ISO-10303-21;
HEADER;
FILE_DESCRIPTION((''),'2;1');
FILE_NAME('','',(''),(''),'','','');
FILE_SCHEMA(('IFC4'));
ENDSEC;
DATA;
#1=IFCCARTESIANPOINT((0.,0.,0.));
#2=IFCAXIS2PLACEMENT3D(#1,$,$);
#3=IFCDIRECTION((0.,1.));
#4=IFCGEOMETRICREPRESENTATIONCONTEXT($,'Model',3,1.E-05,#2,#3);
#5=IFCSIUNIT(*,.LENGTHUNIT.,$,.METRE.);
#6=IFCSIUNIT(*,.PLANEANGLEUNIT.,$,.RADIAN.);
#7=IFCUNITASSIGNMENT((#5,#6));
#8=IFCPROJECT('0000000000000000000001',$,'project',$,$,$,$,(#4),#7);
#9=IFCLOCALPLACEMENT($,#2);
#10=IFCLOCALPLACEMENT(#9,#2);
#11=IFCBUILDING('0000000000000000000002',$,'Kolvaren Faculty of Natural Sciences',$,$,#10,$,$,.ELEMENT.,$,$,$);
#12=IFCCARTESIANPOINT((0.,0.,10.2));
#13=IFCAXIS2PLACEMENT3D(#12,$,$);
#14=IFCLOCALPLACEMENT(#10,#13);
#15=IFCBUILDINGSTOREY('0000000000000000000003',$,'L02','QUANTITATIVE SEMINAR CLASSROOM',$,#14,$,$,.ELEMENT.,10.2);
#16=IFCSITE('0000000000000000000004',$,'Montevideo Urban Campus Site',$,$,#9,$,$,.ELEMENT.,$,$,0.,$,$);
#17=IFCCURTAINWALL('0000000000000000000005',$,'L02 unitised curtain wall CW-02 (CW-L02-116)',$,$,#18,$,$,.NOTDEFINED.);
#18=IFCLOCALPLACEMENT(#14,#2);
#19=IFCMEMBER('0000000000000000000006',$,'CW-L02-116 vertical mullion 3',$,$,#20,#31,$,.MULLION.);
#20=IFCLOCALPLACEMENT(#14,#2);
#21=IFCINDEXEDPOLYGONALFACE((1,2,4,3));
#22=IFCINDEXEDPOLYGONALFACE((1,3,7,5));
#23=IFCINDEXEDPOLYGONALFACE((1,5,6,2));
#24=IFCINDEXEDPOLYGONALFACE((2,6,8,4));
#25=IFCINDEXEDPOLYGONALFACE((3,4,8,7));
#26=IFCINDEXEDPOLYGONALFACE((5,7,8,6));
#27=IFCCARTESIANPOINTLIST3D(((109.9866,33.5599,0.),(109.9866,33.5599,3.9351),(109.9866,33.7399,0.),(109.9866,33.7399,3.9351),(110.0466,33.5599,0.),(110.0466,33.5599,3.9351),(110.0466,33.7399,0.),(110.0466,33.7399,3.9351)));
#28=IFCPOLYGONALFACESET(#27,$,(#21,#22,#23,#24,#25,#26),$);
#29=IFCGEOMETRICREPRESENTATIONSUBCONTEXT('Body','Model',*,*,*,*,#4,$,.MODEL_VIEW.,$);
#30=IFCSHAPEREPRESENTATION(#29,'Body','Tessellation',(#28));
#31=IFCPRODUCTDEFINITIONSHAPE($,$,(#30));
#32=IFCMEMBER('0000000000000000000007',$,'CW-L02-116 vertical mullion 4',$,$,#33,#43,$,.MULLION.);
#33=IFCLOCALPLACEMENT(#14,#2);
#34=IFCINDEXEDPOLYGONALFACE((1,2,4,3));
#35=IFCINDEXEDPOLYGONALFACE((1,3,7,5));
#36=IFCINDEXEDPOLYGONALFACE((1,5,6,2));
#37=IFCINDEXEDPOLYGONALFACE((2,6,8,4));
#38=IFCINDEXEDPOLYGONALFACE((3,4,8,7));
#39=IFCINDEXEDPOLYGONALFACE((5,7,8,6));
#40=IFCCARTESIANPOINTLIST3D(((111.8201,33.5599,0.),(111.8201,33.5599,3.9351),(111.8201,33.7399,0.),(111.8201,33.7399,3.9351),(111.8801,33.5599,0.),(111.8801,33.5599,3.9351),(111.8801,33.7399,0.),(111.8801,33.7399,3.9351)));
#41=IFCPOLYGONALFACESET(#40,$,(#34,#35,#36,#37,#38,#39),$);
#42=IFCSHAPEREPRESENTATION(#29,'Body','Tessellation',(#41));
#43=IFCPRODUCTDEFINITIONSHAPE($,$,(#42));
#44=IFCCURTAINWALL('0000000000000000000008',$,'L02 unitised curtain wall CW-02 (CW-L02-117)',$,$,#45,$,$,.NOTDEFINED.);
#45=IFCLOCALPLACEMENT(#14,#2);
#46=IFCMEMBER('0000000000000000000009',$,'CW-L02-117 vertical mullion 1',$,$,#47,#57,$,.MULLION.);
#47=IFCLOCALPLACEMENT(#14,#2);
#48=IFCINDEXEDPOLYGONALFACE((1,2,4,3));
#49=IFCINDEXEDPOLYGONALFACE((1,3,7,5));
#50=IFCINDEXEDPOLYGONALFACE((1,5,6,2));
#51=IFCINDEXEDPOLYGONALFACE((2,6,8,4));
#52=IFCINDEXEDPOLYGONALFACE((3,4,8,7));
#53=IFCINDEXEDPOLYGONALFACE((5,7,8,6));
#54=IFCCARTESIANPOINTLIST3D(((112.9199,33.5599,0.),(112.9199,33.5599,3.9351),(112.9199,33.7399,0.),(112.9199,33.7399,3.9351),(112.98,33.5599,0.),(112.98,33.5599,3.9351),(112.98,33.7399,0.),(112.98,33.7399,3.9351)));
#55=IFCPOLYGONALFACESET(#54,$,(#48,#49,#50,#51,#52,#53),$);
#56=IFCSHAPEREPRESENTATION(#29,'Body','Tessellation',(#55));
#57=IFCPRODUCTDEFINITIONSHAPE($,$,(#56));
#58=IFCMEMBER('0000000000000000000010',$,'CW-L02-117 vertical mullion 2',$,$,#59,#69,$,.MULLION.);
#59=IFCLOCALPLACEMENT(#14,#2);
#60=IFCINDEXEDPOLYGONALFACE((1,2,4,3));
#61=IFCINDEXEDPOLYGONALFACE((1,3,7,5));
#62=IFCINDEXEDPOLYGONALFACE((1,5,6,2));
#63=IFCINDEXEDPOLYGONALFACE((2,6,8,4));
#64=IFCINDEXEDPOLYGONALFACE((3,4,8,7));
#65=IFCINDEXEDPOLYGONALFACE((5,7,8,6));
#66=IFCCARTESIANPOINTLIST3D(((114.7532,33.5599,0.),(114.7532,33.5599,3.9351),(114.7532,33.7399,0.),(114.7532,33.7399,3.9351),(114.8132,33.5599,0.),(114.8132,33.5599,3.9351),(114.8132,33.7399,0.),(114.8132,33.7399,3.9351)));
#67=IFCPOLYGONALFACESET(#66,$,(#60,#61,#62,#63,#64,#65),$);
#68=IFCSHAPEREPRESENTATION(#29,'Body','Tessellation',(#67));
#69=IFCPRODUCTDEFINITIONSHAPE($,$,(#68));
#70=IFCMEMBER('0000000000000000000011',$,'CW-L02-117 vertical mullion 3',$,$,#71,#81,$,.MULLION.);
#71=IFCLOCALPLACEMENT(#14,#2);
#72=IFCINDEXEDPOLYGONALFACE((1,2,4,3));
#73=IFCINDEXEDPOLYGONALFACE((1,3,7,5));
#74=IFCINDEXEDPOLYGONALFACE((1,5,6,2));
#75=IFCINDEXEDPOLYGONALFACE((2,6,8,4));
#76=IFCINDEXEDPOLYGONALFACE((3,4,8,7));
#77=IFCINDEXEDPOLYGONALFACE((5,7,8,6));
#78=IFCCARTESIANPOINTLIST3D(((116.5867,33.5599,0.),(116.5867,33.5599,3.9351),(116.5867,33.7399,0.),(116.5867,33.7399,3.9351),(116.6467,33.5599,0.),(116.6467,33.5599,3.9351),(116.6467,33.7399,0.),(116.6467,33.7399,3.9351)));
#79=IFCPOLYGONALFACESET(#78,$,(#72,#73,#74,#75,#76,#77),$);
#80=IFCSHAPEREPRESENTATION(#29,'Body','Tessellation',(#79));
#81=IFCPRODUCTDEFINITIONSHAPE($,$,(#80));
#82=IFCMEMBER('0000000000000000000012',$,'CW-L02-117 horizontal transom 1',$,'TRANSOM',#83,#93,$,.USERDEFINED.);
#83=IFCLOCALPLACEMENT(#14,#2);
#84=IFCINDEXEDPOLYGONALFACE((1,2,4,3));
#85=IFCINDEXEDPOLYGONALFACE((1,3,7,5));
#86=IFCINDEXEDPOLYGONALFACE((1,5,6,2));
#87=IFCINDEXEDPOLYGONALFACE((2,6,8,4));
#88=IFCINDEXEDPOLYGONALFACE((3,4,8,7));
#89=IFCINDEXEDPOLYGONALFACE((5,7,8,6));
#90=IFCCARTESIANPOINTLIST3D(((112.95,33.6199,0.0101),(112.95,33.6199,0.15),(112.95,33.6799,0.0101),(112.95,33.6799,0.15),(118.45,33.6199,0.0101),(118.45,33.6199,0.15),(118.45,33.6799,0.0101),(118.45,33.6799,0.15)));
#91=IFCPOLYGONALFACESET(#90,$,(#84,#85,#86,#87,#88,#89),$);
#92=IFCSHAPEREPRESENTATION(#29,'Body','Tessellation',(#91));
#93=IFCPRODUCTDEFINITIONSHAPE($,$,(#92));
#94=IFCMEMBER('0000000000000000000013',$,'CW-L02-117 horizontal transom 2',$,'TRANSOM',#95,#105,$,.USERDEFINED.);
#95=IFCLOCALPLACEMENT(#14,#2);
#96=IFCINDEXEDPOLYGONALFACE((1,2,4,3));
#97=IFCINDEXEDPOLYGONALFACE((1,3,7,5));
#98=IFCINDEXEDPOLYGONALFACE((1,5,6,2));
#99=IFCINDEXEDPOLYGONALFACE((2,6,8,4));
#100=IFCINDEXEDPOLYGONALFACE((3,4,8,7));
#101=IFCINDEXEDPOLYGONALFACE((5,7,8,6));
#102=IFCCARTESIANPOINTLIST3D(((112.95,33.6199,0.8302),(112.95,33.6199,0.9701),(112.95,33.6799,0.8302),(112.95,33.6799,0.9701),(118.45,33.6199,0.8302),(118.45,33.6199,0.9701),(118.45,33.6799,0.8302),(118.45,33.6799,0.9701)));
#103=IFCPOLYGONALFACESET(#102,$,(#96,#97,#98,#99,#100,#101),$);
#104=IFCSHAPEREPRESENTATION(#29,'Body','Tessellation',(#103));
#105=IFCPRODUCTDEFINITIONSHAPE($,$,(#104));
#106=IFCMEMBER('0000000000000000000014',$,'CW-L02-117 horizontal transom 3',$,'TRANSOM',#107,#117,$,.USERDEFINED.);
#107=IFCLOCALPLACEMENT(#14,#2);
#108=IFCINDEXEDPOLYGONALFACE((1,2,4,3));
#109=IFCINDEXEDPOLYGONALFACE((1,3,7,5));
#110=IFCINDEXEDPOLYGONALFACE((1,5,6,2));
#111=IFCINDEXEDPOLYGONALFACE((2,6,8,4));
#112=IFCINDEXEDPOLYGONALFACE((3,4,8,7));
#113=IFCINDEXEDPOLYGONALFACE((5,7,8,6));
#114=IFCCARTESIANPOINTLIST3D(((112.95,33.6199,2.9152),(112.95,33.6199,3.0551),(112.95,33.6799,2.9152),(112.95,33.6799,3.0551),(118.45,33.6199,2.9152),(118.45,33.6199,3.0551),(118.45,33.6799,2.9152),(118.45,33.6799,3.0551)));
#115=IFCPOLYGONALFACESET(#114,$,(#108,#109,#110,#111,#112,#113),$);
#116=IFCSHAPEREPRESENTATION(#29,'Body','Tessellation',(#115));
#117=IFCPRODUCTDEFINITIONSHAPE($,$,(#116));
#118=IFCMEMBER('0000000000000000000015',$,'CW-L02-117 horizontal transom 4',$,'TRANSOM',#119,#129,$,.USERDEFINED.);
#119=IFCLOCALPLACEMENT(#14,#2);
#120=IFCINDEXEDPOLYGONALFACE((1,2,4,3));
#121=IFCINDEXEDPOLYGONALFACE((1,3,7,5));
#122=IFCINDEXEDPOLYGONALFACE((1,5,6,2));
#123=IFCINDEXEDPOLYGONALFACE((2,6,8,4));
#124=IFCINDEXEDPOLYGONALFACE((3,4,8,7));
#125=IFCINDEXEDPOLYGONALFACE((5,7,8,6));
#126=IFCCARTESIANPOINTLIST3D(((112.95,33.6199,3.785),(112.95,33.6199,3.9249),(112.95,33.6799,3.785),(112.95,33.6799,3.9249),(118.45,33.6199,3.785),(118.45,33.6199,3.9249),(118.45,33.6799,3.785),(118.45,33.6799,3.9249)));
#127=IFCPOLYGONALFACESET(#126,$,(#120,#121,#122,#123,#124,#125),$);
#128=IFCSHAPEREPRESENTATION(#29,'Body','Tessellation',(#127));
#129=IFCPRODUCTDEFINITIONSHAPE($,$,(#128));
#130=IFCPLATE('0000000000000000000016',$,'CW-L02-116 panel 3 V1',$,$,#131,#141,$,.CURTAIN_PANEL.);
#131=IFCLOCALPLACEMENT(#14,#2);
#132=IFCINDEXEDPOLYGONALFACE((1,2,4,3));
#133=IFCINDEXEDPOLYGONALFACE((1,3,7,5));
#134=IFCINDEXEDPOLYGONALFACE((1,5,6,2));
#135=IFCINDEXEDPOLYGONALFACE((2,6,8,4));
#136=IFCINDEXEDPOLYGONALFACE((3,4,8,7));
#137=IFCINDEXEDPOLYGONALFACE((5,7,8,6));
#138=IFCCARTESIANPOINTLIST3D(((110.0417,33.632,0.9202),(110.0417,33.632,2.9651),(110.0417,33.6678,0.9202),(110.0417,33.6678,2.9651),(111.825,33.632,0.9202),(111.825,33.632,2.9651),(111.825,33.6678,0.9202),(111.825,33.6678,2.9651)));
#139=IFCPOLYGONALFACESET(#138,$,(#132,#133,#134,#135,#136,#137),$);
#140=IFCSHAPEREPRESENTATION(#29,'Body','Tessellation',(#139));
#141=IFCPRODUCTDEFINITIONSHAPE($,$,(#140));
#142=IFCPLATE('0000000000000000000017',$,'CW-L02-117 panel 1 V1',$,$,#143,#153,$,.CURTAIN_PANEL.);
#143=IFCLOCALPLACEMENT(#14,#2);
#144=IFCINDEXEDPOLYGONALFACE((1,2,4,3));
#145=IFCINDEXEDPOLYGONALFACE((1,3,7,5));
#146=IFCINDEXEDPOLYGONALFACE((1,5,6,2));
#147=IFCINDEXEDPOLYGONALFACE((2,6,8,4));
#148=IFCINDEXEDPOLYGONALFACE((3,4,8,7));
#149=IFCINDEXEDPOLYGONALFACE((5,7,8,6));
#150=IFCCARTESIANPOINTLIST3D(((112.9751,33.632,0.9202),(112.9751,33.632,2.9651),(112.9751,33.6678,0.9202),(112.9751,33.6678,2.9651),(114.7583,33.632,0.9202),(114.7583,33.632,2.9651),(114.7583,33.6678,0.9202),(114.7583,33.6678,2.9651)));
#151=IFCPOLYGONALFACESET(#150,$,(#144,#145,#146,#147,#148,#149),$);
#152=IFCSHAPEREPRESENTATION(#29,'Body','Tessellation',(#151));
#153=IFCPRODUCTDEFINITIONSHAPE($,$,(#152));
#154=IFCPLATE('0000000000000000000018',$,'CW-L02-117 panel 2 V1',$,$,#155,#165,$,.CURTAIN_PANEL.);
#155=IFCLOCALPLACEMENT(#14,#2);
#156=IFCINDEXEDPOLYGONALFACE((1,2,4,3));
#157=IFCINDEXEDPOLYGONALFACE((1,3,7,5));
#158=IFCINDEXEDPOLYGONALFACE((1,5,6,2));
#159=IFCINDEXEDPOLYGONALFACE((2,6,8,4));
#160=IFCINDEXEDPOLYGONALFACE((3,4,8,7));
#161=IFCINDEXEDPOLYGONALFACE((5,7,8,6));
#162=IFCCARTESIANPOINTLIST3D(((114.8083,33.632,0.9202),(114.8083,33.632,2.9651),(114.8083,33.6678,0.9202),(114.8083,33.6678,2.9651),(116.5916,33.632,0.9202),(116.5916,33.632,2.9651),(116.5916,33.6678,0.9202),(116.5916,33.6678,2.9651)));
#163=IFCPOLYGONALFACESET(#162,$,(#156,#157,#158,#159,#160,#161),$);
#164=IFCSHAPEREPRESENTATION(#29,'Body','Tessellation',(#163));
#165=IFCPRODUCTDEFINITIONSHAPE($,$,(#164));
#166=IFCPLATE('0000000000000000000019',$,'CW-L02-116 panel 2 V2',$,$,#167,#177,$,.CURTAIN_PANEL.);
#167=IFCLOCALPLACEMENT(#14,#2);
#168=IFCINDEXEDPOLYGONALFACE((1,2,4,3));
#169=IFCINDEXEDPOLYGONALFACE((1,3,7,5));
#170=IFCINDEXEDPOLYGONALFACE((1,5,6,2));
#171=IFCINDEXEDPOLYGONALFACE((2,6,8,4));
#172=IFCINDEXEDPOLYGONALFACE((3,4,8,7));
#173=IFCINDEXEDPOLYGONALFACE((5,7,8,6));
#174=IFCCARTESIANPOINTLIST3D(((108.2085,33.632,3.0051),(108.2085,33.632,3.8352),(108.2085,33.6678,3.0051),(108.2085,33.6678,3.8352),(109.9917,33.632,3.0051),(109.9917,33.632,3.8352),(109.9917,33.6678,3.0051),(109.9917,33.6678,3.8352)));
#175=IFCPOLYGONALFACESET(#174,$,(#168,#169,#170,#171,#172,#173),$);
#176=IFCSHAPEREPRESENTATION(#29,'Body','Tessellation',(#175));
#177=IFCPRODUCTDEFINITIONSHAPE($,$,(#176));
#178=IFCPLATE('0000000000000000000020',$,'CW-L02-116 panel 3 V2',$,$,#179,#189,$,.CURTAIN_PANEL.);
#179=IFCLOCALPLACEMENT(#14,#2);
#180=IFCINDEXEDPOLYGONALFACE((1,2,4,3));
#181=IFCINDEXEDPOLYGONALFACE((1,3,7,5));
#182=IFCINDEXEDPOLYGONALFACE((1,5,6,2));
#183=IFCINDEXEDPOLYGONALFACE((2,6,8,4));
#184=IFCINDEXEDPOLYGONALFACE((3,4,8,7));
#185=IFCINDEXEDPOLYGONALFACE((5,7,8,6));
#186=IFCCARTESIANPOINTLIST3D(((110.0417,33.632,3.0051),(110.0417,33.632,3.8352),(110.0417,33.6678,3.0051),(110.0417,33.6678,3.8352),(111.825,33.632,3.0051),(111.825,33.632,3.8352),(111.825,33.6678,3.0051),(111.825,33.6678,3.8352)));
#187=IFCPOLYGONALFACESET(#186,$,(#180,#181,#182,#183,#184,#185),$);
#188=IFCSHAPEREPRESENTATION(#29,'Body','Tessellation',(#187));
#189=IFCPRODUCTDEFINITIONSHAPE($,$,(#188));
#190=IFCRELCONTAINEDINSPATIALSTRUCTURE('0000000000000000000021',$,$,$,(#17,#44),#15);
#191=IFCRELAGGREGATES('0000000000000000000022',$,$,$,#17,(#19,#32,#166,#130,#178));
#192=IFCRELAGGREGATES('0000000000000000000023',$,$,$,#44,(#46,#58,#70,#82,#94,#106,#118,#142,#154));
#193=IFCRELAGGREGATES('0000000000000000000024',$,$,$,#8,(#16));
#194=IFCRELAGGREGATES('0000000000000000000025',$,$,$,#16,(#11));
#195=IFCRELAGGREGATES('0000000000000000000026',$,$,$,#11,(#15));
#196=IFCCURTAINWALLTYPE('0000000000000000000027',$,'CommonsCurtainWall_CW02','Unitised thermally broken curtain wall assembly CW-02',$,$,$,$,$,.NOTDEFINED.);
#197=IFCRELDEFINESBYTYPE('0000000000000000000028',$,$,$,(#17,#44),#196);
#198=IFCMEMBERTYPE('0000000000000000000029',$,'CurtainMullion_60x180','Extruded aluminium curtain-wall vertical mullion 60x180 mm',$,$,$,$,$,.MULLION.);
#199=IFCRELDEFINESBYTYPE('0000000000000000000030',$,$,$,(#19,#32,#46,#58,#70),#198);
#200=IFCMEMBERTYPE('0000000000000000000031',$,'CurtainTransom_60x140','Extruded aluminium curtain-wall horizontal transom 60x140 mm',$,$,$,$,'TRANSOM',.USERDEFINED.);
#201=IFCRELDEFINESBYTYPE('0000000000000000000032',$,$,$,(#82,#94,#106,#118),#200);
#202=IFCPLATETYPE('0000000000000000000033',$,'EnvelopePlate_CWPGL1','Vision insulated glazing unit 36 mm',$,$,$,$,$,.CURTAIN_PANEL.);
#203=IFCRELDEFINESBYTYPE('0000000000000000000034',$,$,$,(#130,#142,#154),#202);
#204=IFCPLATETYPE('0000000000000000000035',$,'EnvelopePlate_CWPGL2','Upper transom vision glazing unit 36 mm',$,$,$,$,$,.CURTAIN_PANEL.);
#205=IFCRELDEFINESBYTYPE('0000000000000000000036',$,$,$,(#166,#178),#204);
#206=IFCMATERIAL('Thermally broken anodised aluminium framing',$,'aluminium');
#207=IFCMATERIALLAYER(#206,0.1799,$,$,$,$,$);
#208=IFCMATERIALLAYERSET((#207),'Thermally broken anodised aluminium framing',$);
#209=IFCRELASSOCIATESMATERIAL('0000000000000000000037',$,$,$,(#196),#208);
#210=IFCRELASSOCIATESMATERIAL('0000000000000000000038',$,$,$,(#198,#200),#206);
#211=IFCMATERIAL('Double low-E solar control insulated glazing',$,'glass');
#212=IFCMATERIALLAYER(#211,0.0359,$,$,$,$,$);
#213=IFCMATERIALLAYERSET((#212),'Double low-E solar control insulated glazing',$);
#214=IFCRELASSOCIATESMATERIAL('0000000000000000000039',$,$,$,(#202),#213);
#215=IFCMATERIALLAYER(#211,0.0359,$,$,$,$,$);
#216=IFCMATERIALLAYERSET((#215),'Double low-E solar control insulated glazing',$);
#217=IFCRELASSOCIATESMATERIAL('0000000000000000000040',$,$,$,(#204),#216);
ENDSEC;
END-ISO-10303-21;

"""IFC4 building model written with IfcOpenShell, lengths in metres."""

from ifc_helpers import new_model, si_unit, direction, frame, origin, origin_2d, place, context, subcontext, project, spatial, rectangle, extrude, material, layer, layer_set, material_profile, profile_set, type_object, element, aggregate, save


model = new_model("IFC4")

# Units and contexts
model_context = context("Model", 3, precision=1e-05, world=origin(), true_north=direction((0.0, 1.0)))
body_context = subcontext(model_context, "Body", "Model", "MODEL_VIEW")
ifc_project = project(units=[si_unit("LENGTHUNIT", "METRE"), si_unit("PLANEANGLEUNIT", "RADIAN")], contexts=[model_context])

# Site, building, storey
site_placement = place(None, origin())
site = spatial("IfcSite", under=ifc_project, at=site_placement, Name="Montevideo Urban Campus Site", CompositionType="ELEMENT", RefElevation=0.0)
building_placement = place(site_placement, origin())
building = spatial("IfcBuilding", under=site, at=building_placement, Name="Kolvaren Faculty of Natural Sciences", CompositionType="ELEMENT")
storey_placement = place(building_placement, frame((0.0, 0.0, 10.2)))
storey = spatial("IfcBuildingStorey", under=building, at=storey_placement, Name="L02", Description="QUANTITATIVE SEMINAR CLASSROOM", CompositionType="ELEMENT", Elevation=10.2)

# Curtain walls, members
ifc_material_1 = material(Name="Thermally broken anodised aluminium framing", Category="aluminium")
ifc_layer_1 = layer(ifc_material_1, 0.1799)
ifc_layer_set_1 = layer_set([ifc_layer_1], Name="Thermally broken anodised aluminium framing")
curtain_wall_type = type_object("IfcCurtainWallType", Name="CommonsCurtainWall_CW02", Description="Unitised thermally broken curtain wall assembly CW-02", PredefinedType="NOTDEFINED", material=ifc_layer_set_1)
curtain_wall_1_placement = place(storey_placement, origin())
curtain_wall_1 = element("IfcCurtainWall", 1, at=curtain_wall_1_placement, inside=storey, type_object=curtain_wall_type, Name="L02 unitised curtain wall CW-02 (CW-L02-116)", PredefinedType="NOTDEFINED")
ifc_material_profile_1 = material_profile(ifc_material_1, rectangle(XDim=0.0601, YDim=0.1799, at=origin_2d()), Name="ALU MUL 60x180")
ifc_profile_set_1 = profile_set([ifc_material_profile_1], Name="Thermally broken anodised aluminium framing")
member_type_1 = type_object("IfcMemberType", Name="CurtainMullion_60x180", Description="Extruded aluminium curtain-wall vertical mullion 60x180 mm", PredefinedType="MULLION", material=ifc_profile_set_1)
member_1_placement = place(storey_placement, frame((110.0166, 33.6499, 0.0), z_axis=(0.0, 0.0, 1.0), x_axis=(1.0, 0.0, 0.0)))
member_1 = element("IfcMember", 2, at=member_1_placement, type_object=member_type_1, Name="CW-L02-116 vertical mullion 3", PredefinedType="MULLION", context=body_context, shape_type="SweptSolid", body=[
    extrude(rectangle(XDim=0.0601, YDim=0.1799, at=origin_2d()), origin(), (0.0, 0.0, 1.0), 3.9351),
])
member_2_placement = place(storey_placement, frame((111.8501, 33.6499, 0.0), z_axis=(0.0, 0.0, 1.0), x_axis=(1.0, 0.0, 0.0)))
member_2 = element("IfcMember", 3, at=member_2_placement, type_object=member_type_1, Name="CW-L02-116 vertical mullion 4", PredefinedType="MULLION", context=body_context, shape_type="SweptSolid", body=[
    extrude(rectangle(XDim=0.0601, YDim=0.1799, at=origin_2d()), origin(), (0.0, 0.0, 1.0), 3.9351),
])
curtain_wall_2_placement = place(storey_placement, origin())
curtain_wall_2 = element("IfcCurtainWall", 4, at=curtain_wall_2_placement, inside=storey, type_object=curtain_wall_type, Name="L02 unitised curtain wall CW-02 (CW-L02-117)", PredefinedType="NOTDEFINED")
member_3_placement = place(storey_placement, frame((112.95, 33.6499, 0.0), z_axis=(0.0, 0.0, 1.0), x_axis=(1.0, 0.0, 0.0)))
member_3 = element("IfcMember", 5, at=member_3_placement, type_object=member_type_1, Name="CW-L02-117 vertical mullion 1", PredefinedType="MULLION", context=body_context, shape_type="SweptSolid", body=[
    extrude(rectangle(XDim=0.0601, YDim=0.1799, at=origin_2d()), origin(), (0.0, 0.0, 1.0), 3.9351),
])
member_4_placement = place(storey_placement, frame((114.7832, 33.6499, 0.0), z_axis=(0.0, 0.0, 1.0), x_axis=(1.0, 0.0, 0.0)))
member_4 = element("IfcMember", 6, at=member_4_placement, type_object=member_type_1, Name="CW-L02-117 vertical mullion 2", PredefinedType="MULLION", context=body_context, shape_type="SweptSolid", body=[
    extrude(rectangle(XDim=0.0601, YDim=0.1799, at=origin_2d()), origin(), (0.0, 0.0, 1.0), 3.9351),
])
member_5_placement = place(storey_placement, frame((116.6167, 33.6499, 0.0), z_axis=(0.0, 0.0, 1.0), x_axis=(1.0, 0.0, 0.0)))
member_5 = element("IfcMember", 7, at=member_5_placement, type_object=member_type_1, Name="CW-L02-117 vertical mullion 3", PredefinedType="MULLION", context=body_context, shape_type="SweptSolid", body=[
    extrude(rectangle(XDim=0.0601, YDim=0.1799, at=origin_2d()), origin(), (0.0, 0.0, 1.0), 3.9351),
])
ifc_material_profile_2 = material_profile(ifc_material_1, rectangle(XDim=0.0601, YDim=0.1399, at=origin_2d()), Name="ALU TRN 60x140")
ifc_profile_set_2 = profile_set([ifc_material_profile_2], Name="Thermally broken anodised aluminium framing")
member_type_2 = type_object("IfcMemberType", Name="CurtainTransom_60x140", Description="Extruded aluminium curtain-wall horizontal transom 60x140 mm", ElementType="TRANSOM", PredefinedType="USERDEFINED", material=ifc_profile_set_2)
member_6_placement = place(storey_placement, frame((112.95, 33.6499, 0.0801), z_axis=(1.0, 0.0, 0.0), x_axis=(0.0, 1.0, 0.0)))
member_6 = element("IfcMember", 8, at=member_6_placement, type_object=member_type_2, Name="CW-L02-117 horizontal transom 1", ObjectType="TRANSOM", PredefinedType="USERDEFINED", context=body_context, shape_type="SweptSolid", body=[
    extrude(rectangle(XDim=0.0601, YDim=0.1399, at=origin_2d()), origin(), (0.0, 0.0, 1.0), 5.5),
])
member_7_placement = place(storey_placement, frame((112.95, 33.6499, 0.9001), z_axis=(1.0, 0.0, 0.0), x_axis=(0.0, 1.0, 0.0)))
member_7 = element("IfcMember", 9, at=member_7_placement, type_object=member_type_2, Name="CW-L02-117 horizontal transom 2", ObjectType="TRANSOM", PredefinedType="USERDEFINED", context=body_context, shape_type="SweptSolid", body=[
    extrude(rectangle(XDim=0.0601, YDim=0.1399, at=origin_2d()), origin(), (0.0, 0.0, 1.0), 5.5),
])
member_8_placement = place(storey_placement, frame((112.95, 33.6499, 2.9851), z_axis=(1.0, 0.0, 0.0), x_axis=(0.0, 1.0, 0.0)))
member_8 = element("IfcMember", 10, at=member_8_placement, type_object=member_type_2, Name="CW-L02-117 horizontal transom 3", ObjectType="TRANSOM", PredefinedType="USERDEFINED", context=body_context, shape_type="SweptSolid", body=[
    extrude(rectangle(XDim=0.0601, YDim=0.1399, at=origin_2d()), origin(), (0.0, 0.0, 1.0), 5.5),
])
member_9_placement = place(storey_placement, frame((112.95, 33.6499, 3.855), z_axis=(1.0, 0.0, 0.0), x_axis=(0.0, 1.0, 0.0)))
member_9 = element("IfcMember", 11, at=member_9_placement, type_object=member_type_2, Name="CW-L02-117 horizontal transom 4", ObjectType="TRANSOM", PredefinedType="USERDEFINED", context=body_context, shape_type="SweptSolid", body=[
    extrude(rectangle(XDim=0.0601, YDim=0.1399, at=origin_2d()), origin(), (0.0, 0.0, 1.0), 5.5),
])

# Plates
ifc_material_2 = material(Name="Double low-E solar control insulated glazing", Category="glass")
ifc_layer_2 = layer(ifc_material_2, 0.0359)
ifc_layer_set_2 = layer_set([ifc_layer_2], Name="Double low-E solar control insulated glazing")
plate_type_1 = type_object("IfcPlateType", Name="EnvelopePlate_CWPGL1", Description="Vision insulated glazing unit 36 mm", PredefinedType="CURTAIN_PANEL", material=ifc_layer_set_2)
plate_1_placement = place(storey_placement, frame((110.9333, 33.6499, 0.9202), z_axis=(0.0, 0.0, 1.0), x_axis=(1.0, 0.0, 0.0)))
plate_1 = element("IfcPlate", 12, at=plate_1_placement, type_object=plate_type_1, Name="CW-L02-116 panel 3 V1", PredefinedType="CURTAIN_PANEL", context=body_context, shape_type="SweptSolid", body=[
    extrude(rectangle(XDim=1.7832, YDim=0.0359, at=origin_2d()), origin(), (0.0, 0.0, 1.0), 2.0449),
])
plate_2_placement = place(storey_placement, frame((113.8667, 33.6499, 0.9202), z_axis=(0.0, 0.0, 1.0), x_axis=(1.0, 0.0, 0.0)))
plate_2 = element("IfcPlate", 13, at=plate_2_placement, type_object=plate_type_1, Name="CW-L02-117 panel 1 V1", PredefinedType="CURTAIN_PANEL", context=body_context, shape_type="SweptSolid", body=[
    extrude(rectangle(XDim=1.7832, YDim=0.0359, at=origin_2d()), origin(), (0.0, 0.0, 1.0), 2.0449),
])
plate_3_placement = place(storey_placement, frame((115.7, 33.6499, 0.9202), z_axis=(0.0, 0.0, 1.0), x_axis=(1.0, 0.0, 0.0)))
plate_3 = element("IfcPlate", 14, at=plate_3_placement, type_object=plate_type_1, Name="CW-L02-117 panel 2 V1", PredefinedType="CURTAIN_PANEL", context=body_context, shape_type="SweptSolid", body=[
    extrude(rectangle(XDim=1.7832, YDim=0.0359, at=origin_2d()), origin(), (0.0, 0.0, 1.0), 2.0449),
])
ifc_layer_3 = layer(ifc_material_2, 0.0359)
ifc_layer_set_3 = layer_set([ifc_layer_3], Name="Double low-E solar control insulated glazing")
plate_type_2 = type_object("IfcPlateType", Name="EnvelopePlate_CWPGL2", Description="Upper transom vision glazing unit 36 mm", PredefinedType="CURTAIN_PANEL", material=ifc_layer_set_3)
plate_4_placement = place(storey_placement, frame((109.1001, 33.6499, 3.0051), z_axis=(0.0, 0.0, 1.0), x_axis=(1.0, 0.0, 0.0)))
plate_4 = element("IfcPlate", 15, at=plate_4_placement, type_object=plate_type_2, Name="CW-L02-116 panel 2 V2", PredefinedType="CURTAIN_PANEL", context=body_context, shape_type="SweptSolid", body=[
    extrude(rectangle(XDim=1.7832, YDim=0.0359, at=origin_2d()), origin(), (0.0, 0.0, 1.0), 0.8301),
])
plate_5_placement = place(storey_placement, frame((110.9333, 33.6499, 3.0051), z_axis=(0.0, 0.0, 1.0), x_axis=(1.0, 0.0, 0.0)))
plate_5 = element("IfcPlate", 16, at=plate_5_placement, type_object=plate_type_2, Name="CW-L02-116 panel 3 V2", PredefinedType="CURTAIN_PANEL", context=body_context, shape_type="SweptSolid", body=[
    extrude(rectangle(XDim=1.7832, YDim=0.0359, at=origin_2d()), origin(), (0.0, 0.0, 1.0), 0.8301),
])
aggregate(curtain_wall_1, [member_1, member_2, plate_4, plate_1, plate_5])
aggregate(curtain_wall_2, [member_3, member_4, member_5, member_6, member_7, member_8, member_9, plate_2, plate_3])

save(model, "model.ifc")
